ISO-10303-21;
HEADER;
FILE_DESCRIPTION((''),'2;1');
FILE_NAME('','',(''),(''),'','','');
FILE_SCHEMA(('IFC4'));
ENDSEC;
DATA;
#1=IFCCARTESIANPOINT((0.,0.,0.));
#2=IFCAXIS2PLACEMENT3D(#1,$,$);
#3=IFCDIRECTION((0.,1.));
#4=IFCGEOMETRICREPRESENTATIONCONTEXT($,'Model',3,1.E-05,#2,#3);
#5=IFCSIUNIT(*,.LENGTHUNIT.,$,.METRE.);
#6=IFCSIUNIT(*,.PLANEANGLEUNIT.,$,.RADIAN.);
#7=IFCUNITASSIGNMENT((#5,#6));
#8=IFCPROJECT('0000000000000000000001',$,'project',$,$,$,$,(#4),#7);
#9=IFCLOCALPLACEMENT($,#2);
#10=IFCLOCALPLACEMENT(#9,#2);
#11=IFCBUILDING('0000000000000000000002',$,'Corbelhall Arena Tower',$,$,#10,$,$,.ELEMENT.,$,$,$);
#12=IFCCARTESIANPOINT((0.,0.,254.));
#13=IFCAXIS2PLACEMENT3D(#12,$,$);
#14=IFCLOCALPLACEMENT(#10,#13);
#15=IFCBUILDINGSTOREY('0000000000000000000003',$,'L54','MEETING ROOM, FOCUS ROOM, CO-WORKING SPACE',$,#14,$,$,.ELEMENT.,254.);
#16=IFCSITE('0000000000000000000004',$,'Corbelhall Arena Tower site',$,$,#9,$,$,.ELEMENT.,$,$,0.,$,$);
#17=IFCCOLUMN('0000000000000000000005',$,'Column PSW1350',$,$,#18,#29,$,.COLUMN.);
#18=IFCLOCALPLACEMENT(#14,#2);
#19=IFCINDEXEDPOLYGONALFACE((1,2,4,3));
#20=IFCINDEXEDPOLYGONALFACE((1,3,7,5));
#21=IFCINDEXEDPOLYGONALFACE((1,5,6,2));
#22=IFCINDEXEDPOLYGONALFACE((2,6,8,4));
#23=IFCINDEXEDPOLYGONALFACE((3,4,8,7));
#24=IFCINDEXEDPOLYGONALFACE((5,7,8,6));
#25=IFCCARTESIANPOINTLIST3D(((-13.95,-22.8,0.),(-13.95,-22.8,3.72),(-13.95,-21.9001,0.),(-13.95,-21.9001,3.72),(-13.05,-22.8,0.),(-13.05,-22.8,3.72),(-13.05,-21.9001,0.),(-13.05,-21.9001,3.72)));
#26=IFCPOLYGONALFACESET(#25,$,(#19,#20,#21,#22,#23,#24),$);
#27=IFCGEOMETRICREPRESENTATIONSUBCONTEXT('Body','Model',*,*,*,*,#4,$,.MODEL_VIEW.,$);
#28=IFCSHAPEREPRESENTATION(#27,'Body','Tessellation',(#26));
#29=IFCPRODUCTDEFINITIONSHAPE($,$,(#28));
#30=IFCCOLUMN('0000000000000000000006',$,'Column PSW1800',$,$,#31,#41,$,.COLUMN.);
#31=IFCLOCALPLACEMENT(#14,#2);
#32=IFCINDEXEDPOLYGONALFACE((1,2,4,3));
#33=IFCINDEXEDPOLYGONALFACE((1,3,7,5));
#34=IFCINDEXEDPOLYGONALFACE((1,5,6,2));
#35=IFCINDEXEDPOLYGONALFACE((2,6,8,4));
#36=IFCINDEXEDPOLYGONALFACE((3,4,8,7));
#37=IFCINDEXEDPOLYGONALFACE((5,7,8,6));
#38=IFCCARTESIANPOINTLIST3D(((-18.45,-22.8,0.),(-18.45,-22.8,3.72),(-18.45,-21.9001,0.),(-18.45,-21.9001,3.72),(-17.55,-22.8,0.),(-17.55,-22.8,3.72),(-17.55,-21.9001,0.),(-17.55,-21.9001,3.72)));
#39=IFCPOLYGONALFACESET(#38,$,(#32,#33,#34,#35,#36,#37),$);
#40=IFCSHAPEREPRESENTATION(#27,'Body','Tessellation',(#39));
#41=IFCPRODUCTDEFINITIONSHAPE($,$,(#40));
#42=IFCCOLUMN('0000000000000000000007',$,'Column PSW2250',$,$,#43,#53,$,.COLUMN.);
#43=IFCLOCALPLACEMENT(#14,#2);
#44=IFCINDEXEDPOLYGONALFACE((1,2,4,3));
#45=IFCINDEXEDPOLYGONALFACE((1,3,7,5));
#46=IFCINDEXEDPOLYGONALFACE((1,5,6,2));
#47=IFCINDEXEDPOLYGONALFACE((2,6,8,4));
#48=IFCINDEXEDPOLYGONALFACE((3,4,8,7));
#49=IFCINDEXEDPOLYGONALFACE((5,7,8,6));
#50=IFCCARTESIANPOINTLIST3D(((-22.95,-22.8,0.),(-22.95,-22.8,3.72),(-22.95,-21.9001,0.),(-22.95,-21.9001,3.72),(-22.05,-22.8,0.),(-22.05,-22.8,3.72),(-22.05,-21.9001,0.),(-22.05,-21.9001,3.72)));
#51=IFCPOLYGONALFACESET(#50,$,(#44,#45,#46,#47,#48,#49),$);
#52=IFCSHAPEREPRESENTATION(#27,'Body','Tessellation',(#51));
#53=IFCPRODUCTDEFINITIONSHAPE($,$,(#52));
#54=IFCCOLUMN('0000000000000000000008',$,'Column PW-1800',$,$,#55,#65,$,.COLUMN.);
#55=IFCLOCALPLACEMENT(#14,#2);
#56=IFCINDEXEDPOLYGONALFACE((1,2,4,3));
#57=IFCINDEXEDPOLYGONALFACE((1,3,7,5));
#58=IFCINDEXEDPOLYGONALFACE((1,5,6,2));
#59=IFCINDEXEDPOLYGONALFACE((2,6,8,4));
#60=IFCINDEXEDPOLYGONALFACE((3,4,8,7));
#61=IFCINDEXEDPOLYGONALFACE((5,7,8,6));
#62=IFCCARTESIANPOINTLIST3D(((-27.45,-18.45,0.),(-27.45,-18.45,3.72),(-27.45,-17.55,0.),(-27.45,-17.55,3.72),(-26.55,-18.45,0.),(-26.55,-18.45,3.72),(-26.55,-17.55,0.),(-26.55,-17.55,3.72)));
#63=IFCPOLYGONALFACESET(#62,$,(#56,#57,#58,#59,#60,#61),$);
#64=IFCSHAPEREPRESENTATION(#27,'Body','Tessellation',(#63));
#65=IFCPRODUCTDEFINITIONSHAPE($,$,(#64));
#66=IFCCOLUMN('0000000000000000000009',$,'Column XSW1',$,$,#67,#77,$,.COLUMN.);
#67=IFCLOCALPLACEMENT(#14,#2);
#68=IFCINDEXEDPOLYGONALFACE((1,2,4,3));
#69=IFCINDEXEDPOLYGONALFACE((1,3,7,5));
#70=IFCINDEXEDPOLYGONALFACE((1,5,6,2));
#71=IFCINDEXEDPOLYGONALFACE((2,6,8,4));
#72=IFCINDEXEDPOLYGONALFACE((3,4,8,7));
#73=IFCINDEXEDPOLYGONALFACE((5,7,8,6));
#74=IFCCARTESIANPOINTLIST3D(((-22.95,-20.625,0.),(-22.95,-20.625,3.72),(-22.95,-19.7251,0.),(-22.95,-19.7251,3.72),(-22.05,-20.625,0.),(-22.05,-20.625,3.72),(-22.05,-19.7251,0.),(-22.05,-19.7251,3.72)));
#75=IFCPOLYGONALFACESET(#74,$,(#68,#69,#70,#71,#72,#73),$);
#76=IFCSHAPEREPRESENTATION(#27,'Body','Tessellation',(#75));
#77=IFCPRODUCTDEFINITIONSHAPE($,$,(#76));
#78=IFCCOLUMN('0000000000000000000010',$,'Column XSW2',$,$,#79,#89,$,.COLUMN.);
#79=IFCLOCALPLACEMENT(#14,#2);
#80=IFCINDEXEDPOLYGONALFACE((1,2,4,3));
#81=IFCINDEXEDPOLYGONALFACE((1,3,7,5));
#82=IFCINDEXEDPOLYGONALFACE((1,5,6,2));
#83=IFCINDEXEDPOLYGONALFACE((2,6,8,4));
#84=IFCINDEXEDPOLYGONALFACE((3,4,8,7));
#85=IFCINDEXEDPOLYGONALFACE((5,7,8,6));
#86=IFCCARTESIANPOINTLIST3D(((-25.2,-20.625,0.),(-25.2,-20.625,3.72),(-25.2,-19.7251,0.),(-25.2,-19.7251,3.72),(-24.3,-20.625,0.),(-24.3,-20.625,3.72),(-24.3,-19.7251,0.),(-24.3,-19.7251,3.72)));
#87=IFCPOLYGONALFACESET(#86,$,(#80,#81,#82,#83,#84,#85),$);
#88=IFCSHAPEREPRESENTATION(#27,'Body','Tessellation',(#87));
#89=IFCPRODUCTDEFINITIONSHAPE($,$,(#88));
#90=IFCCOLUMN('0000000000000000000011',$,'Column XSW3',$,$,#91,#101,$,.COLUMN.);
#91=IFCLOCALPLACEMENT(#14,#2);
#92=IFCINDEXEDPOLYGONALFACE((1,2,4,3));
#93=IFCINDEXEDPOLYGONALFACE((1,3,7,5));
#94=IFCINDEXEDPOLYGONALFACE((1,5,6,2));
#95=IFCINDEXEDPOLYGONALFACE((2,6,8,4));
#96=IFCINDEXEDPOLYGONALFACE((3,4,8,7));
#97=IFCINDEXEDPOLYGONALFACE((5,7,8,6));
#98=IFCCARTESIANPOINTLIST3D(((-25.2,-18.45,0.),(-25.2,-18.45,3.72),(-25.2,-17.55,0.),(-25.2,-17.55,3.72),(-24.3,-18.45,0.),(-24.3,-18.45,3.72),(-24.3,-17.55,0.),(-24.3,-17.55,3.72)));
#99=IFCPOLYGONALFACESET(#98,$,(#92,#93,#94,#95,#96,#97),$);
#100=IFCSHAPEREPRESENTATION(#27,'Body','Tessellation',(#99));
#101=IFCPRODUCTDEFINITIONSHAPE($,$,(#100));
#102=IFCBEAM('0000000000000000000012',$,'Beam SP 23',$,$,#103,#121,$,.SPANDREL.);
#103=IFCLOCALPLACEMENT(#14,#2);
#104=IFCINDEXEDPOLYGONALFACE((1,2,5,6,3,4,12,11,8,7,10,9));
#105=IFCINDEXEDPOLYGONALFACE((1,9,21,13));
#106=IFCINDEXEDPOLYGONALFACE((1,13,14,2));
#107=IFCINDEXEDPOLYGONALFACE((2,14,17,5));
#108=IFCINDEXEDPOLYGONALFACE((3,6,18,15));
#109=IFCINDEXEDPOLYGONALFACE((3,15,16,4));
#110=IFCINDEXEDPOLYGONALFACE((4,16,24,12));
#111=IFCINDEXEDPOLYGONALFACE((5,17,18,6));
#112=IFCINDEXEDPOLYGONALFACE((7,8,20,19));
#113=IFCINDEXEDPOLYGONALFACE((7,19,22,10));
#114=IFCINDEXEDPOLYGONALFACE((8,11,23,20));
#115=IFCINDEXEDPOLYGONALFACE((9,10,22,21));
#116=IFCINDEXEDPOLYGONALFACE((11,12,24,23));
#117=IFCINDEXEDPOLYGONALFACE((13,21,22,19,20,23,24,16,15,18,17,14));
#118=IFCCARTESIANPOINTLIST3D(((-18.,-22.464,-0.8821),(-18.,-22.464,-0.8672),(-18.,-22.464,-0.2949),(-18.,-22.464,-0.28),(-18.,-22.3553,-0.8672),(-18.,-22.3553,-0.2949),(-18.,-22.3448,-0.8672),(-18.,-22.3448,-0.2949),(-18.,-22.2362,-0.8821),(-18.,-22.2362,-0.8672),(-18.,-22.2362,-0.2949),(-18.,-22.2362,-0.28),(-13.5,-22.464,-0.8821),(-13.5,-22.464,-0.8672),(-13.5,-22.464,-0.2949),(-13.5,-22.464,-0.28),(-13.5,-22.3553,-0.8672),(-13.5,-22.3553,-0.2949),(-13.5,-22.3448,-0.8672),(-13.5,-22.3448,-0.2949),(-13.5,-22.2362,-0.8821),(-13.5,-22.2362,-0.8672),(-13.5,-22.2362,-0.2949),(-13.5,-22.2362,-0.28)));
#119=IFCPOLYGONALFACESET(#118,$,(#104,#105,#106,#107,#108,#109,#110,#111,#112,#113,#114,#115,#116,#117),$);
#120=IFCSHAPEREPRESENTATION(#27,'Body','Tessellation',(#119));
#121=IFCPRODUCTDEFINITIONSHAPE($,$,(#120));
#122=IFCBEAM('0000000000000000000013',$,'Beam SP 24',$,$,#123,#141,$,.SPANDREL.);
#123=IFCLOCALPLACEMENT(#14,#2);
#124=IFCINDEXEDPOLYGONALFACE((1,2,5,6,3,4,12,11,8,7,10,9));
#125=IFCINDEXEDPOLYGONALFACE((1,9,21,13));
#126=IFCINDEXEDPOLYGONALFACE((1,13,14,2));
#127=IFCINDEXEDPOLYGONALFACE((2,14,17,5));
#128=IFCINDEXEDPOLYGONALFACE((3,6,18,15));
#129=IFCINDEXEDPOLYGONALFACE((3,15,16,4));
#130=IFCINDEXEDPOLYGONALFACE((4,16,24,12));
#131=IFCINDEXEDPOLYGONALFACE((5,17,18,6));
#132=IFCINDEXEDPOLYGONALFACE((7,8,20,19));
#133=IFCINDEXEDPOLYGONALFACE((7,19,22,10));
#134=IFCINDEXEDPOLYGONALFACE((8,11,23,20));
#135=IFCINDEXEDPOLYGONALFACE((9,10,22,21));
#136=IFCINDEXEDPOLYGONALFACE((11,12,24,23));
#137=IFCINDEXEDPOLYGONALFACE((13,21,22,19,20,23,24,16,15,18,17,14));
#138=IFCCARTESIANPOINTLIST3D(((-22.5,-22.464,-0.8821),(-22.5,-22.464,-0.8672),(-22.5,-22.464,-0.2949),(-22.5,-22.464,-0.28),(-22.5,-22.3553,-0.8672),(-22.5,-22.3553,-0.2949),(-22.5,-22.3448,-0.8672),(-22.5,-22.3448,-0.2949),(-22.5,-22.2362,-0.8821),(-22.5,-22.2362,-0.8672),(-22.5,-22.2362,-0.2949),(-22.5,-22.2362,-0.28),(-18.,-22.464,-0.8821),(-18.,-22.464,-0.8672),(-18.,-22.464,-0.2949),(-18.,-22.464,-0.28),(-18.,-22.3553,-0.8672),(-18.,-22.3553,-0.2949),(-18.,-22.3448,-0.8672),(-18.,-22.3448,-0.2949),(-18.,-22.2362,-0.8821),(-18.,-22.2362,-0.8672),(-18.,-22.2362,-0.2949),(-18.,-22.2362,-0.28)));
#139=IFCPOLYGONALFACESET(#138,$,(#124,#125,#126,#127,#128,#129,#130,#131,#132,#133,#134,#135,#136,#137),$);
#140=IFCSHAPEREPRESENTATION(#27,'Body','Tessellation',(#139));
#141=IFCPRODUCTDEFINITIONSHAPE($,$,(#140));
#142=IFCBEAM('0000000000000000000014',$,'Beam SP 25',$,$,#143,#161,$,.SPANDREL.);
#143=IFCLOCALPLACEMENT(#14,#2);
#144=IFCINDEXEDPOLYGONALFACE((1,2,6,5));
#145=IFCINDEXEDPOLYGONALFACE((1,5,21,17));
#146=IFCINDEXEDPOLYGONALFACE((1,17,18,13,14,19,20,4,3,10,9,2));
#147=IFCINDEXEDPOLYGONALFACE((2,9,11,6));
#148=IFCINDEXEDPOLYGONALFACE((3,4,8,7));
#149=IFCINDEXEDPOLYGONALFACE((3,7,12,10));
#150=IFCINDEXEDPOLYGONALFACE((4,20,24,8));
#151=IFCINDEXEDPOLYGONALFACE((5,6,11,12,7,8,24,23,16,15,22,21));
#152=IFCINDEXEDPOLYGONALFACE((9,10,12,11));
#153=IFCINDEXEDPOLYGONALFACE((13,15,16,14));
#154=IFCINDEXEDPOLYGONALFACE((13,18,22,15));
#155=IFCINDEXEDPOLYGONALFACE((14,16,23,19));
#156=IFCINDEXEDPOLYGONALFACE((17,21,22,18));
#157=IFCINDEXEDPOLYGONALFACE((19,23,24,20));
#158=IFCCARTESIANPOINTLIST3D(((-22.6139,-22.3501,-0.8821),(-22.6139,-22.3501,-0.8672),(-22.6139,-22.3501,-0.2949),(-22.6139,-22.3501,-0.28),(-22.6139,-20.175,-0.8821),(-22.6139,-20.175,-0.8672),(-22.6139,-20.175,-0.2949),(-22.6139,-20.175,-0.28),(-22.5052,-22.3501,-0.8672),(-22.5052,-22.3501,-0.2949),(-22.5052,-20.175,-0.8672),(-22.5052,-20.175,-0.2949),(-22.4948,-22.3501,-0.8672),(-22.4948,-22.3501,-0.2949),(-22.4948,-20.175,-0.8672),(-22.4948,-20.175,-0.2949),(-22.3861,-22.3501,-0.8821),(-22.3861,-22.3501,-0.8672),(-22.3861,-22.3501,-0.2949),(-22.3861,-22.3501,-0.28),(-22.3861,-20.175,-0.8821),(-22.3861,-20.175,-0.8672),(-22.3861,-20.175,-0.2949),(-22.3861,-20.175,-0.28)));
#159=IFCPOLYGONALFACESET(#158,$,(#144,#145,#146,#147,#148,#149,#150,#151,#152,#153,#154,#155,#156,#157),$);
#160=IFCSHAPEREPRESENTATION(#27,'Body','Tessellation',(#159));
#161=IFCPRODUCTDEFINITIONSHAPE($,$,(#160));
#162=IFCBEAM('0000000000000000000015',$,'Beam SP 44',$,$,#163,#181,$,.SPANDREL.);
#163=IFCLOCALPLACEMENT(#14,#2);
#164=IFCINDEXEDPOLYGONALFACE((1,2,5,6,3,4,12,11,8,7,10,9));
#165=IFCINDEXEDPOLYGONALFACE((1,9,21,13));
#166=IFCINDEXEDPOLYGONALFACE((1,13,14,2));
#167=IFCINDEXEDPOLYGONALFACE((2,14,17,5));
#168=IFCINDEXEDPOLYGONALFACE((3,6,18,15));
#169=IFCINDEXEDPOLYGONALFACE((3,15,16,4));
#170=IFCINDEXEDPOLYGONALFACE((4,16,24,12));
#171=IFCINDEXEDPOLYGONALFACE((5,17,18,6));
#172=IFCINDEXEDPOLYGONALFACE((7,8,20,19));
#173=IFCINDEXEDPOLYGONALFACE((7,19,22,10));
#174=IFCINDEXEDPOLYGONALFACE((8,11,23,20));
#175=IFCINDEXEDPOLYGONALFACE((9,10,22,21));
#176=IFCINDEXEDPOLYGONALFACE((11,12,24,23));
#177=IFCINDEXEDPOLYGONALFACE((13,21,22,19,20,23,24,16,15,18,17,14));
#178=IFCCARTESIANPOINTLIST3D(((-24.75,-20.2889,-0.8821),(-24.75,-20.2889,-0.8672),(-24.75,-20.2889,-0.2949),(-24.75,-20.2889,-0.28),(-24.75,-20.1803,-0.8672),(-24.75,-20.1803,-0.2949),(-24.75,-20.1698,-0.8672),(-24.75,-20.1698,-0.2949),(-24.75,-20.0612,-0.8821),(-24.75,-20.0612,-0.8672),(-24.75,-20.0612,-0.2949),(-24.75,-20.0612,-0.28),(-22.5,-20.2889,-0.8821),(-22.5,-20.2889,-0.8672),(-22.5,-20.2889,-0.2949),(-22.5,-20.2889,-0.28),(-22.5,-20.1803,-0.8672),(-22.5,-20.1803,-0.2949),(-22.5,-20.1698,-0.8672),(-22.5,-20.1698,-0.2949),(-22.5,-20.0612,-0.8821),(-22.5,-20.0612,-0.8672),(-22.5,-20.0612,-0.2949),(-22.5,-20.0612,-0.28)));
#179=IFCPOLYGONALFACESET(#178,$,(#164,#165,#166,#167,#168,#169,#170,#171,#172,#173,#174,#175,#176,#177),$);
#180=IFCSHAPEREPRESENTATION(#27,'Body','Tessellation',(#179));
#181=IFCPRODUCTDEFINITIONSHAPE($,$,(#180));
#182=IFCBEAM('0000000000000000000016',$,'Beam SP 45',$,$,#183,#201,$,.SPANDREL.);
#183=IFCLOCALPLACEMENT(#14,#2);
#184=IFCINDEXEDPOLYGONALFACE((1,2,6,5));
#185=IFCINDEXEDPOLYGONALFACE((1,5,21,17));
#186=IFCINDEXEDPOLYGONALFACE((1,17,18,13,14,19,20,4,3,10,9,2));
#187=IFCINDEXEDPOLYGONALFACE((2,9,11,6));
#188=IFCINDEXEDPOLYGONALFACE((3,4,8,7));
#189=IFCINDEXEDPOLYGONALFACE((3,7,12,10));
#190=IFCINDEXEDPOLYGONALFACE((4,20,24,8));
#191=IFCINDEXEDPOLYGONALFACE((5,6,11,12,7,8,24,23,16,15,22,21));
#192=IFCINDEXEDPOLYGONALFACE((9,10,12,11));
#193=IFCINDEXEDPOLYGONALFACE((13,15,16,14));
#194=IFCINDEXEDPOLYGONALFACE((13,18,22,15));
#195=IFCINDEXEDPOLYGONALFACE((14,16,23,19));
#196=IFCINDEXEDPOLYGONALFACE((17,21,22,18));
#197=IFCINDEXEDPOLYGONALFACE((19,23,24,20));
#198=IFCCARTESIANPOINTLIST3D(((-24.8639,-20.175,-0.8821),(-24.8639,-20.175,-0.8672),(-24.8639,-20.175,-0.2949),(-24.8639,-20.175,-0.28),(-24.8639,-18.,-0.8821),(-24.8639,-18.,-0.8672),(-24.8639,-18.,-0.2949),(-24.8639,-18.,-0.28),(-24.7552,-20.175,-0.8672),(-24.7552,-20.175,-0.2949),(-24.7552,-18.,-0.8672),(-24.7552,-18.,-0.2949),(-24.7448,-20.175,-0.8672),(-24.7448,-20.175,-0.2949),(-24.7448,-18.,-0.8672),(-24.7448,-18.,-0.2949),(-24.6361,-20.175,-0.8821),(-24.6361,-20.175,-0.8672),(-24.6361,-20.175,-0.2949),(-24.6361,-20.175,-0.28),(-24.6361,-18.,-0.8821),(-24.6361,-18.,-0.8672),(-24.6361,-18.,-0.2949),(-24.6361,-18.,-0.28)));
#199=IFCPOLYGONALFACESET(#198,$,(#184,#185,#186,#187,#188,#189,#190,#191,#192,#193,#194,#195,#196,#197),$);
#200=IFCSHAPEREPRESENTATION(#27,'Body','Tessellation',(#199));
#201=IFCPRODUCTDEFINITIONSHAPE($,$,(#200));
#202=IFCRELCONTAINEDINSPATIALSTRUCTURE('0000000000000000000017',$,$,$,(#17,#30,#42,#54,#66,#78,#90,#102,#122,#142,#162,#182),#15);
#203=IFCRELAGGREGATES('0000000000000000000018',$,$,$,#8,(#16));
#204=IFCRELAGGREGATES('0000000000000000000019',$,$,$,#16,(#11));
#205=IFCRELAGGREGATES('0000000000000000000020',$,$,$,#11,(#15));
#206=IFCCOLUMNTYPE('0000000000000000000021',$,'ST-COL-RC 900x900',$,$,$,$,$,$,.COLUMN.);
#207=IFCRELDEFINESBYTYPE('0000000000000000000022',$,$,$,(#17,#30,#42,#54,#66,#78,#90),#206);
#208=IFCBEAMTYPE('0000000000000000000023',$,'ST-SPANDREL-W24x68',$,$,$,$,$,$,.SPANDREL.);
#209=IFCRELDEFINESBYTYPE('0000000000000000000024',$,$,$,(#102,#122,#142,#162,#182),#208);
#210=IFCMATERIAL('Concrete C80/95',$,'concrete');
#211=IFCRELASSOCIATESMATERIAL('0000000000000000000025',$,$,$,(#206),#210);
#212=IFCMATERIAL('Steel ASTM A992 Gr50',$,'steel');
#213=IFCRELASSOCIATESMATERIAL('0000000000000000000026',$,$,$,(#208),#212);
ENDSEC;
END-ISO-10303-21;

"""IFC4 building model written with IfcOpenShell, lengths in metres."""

from ifc_helpers import new_model, si_unit, direction, frame, origin, origin_2d, place, context, subcontext, project, spatial, rectangle, i_section, extrude, material, material_profile, profile_set, type_object, element, save


model = new_model("IFC4")

# Units and contexts
model_context = context("Model", 3, precision=1e-05, world=origin(), true_north=direction((0.0, 1.0)))
body_context = subcontext(model_context, "Body", "Model", "MODEL_VIEW")
ifc_project = project(units=[si_unit("LENGTHUNIT", "METRE"), si_unit("PLANEANGLEUNIT", "RADIAN")], contexts=[model_context])

# Site, building, storey
site_placement = place(None, origin())
site = spatial("IfcSite", under=ifc_project, at=site_placement, Name="Corbelhall Arena Tower site", CompositionType="ELEMENT", RefElevation=0.0)
building_placement = place(site_placement, origin())
building = spatial("IfcBuilding", under=site, at=building_placement, Name="Corbelhall Arena Tower", CompositionType="ELEMENT")
storey_placement = place(building_placement, frame((0.0, 0.0, 254.0)))
storey = spatial("IfcBuildingStorey", under=building, at=storey_placement, Name="L54", Description="MEETING ROOM, FOCUS ROOM, CO-WORKING SPACE", CompositionType="ELEMENT", Elevation=254.0)

# Columns
ifc_material_1 = material(Name="Concrete C80/95", Category="concrete")
ifc_material_profile_1 = material_profile(ifc_material_1, rectangle(XDim=0.8999, YDim=0.8999, at=origin_2d()))
ifc_profile_set_1 = profile_set([ifc_material_profile_1], Name="Concrete C80/95")
column_type = type_object("IfcColumnType", Name="ST-COL-RC 900x900", PredefinedType="COLUMN", material=ifc_profile_set_1)
for number, where, z_axis, x_axis, name in (
    (1, (-13.5, -22.3501, 0.0), (0.0, 0.0, 1.0), (1.0, 0.0, 0.0), "Column PSW1350"),
    (2, (-18.0, -22.3501, 0.0), (0.0, 0.0, 1.0), (1.0, 0.0, 0.0), "Column PSW1800"),
    (3, (-22.5, -22.3501, 0.0), (0.0, 0.0, 1.0), (1.0, 0.0, 0.0), "Column PSW2250"),
    (4, (-27.0, -18.0, 0.0), (0.0, 0.0, 1.0), (0.0, 1.0, 0.0), "Column PW-1800"),
    (5, (-22.5, -20.175, 0.0), (0.0, 0.0, 1.0), (1.0, 0.0, 0.0), "Column XSW1"),
    (6, (-24.75, -20.175, 0.0), (0.0, 0.0, 1.0), (1.0, 0.0, 0.0), "Column XSW2"),
    (7, (-24.75, -18.0, 0.0), (0.0, 0.0, 1.0), (1.0, 0.0, 0.0), "Column XSW3"),
):
    element("IfcColumn", number, at=place(storey_placement, frame(where, z_axis=z_axis, x_axis=x_axis)), inside=storey, type_object=column_type, Name=name, PredefinedType="COLUMN", context=body_context, shape_type="SweptSolid", body=[
        extrude(rectangle(XDim=0.8999, YDim=0.8999, at=origin_2d()), origin(), (0.0, 0.0, 1.0), 3.72),
    ])

# Beams
ifc_material_2 = material(Name="Steel ASTM A992 Gr50", Category="steel")
ifc_material_profile_2 = material_profile(ifc_material_2, i_section(OverallWidth=0.2278, OverallDepth=0.6021, WebThickness=0.0105, FlangeThickness=0.0149, at=origin_2d()))
ifc_profile_set_2 = profile_set([ifc_material_profile_2], Name="Steel ASTM A992 Gr50")
beam_type_1 = type_object("IfcBeamType", Name="ST-SPANDREL-W24x68", PredefinedType="SPANDREL", material=ifc_profile_set_2)
for number, where, z_axis, x_axis, name in (
    (8, (-13.5, -22.3501, -0.5811), (-1.0, 0.0, 0.0), (0.0, -1.0, 0.0), "Beam SP 23"),
    (9, (-18.0, -22.3501, -0.5811), (-1.0, 0.0, 0.0), (0.0, -1.0, 0.0), "Beam SP 24"),
):
    element("IfcBeam", number, at=place(storey_placement, frame(where, z_axis=z_axis, x_axis=x_axis)), inside=storey, type_object=beam_type_1, Name=name, PredefinedType="SPANDREL", context=body_context, shape_type="SweptSolid", body=[
        extrude(i_section(OverallWidth=0.2278, OverallDepth=0.6021, WebThickness=0.0105, FlangeThickness=0.0149, at=origin_2d()), origin(), (0.0, 0.0, 1.0), 4.5),
    ])
beam_1_placement = place(storey_placement, frame((-22.5, -22.3501, -0.5811), z_axis=(0.0, 1.0, 0.0), x_axis=(-1.0, 0.0, 0.0)))
element("IfcBeam", 10, at=beam_1_placement, inside=storey, type_object=beam_type_1, Name="Beam SP 25", PredefinedType="SPANDREL", context=body_context, shape_type="SweptSolid", body=[
    extrude(i_section(OverallWidth=0.2278, OverallDepth=0.6021, WebThickness=0.0105, FlangeThickness=0.0149, at=origin_2d()), origin(), (0.0, 0.0, 1.0), 2.175),
])
beam_2_placement = place(storey_placement, frame((-22.5, -20.175, -0.5811), z_axis=(-1.0, 0.0, 0.0), x_axis=(0.0, -1.0, 0.0)))
element("IfcBeam", 11, at=beam_2_placement, inside=storey, type_object=beam_type_1, Name="Beam SP 44", PredefinedType="SPANDREL", context=body_context, shape_type="SweptSolid", body=[
    extrude(i_section(OverallWidth=0.2278, OverallDepth=0.6021, WebThickness=0.0105, FlangeThickness=0.0149, at=origin_2d()), origin(), (0.0, 0.0, 1.0), 2.25),
])
beam_3_placement = place(storey_placement, frame((-24.75, -20.175, -0.5811), z_axis=(0.0, 1.0, 0.0), x_axis=(-1.0, 0.0, 0.0)))
element("IfcBeam", 12, at=beam_3_placement, inside=storey, type_object=beam_type_1, Name="Beam SP 45", PredefinedType="SPANDREL", context=body_context, shape_type="SweptSolid", body=[
    extrude(i_section(OverallWidth=0.2278, OverallDepth=0.6021, WebThickness=0.0105, FlangeThickness=0.0149, at=origin_2d()), origin(), (0.0, 0.0, 1.0), 2.175),
])

save(model, "model.ifc")
